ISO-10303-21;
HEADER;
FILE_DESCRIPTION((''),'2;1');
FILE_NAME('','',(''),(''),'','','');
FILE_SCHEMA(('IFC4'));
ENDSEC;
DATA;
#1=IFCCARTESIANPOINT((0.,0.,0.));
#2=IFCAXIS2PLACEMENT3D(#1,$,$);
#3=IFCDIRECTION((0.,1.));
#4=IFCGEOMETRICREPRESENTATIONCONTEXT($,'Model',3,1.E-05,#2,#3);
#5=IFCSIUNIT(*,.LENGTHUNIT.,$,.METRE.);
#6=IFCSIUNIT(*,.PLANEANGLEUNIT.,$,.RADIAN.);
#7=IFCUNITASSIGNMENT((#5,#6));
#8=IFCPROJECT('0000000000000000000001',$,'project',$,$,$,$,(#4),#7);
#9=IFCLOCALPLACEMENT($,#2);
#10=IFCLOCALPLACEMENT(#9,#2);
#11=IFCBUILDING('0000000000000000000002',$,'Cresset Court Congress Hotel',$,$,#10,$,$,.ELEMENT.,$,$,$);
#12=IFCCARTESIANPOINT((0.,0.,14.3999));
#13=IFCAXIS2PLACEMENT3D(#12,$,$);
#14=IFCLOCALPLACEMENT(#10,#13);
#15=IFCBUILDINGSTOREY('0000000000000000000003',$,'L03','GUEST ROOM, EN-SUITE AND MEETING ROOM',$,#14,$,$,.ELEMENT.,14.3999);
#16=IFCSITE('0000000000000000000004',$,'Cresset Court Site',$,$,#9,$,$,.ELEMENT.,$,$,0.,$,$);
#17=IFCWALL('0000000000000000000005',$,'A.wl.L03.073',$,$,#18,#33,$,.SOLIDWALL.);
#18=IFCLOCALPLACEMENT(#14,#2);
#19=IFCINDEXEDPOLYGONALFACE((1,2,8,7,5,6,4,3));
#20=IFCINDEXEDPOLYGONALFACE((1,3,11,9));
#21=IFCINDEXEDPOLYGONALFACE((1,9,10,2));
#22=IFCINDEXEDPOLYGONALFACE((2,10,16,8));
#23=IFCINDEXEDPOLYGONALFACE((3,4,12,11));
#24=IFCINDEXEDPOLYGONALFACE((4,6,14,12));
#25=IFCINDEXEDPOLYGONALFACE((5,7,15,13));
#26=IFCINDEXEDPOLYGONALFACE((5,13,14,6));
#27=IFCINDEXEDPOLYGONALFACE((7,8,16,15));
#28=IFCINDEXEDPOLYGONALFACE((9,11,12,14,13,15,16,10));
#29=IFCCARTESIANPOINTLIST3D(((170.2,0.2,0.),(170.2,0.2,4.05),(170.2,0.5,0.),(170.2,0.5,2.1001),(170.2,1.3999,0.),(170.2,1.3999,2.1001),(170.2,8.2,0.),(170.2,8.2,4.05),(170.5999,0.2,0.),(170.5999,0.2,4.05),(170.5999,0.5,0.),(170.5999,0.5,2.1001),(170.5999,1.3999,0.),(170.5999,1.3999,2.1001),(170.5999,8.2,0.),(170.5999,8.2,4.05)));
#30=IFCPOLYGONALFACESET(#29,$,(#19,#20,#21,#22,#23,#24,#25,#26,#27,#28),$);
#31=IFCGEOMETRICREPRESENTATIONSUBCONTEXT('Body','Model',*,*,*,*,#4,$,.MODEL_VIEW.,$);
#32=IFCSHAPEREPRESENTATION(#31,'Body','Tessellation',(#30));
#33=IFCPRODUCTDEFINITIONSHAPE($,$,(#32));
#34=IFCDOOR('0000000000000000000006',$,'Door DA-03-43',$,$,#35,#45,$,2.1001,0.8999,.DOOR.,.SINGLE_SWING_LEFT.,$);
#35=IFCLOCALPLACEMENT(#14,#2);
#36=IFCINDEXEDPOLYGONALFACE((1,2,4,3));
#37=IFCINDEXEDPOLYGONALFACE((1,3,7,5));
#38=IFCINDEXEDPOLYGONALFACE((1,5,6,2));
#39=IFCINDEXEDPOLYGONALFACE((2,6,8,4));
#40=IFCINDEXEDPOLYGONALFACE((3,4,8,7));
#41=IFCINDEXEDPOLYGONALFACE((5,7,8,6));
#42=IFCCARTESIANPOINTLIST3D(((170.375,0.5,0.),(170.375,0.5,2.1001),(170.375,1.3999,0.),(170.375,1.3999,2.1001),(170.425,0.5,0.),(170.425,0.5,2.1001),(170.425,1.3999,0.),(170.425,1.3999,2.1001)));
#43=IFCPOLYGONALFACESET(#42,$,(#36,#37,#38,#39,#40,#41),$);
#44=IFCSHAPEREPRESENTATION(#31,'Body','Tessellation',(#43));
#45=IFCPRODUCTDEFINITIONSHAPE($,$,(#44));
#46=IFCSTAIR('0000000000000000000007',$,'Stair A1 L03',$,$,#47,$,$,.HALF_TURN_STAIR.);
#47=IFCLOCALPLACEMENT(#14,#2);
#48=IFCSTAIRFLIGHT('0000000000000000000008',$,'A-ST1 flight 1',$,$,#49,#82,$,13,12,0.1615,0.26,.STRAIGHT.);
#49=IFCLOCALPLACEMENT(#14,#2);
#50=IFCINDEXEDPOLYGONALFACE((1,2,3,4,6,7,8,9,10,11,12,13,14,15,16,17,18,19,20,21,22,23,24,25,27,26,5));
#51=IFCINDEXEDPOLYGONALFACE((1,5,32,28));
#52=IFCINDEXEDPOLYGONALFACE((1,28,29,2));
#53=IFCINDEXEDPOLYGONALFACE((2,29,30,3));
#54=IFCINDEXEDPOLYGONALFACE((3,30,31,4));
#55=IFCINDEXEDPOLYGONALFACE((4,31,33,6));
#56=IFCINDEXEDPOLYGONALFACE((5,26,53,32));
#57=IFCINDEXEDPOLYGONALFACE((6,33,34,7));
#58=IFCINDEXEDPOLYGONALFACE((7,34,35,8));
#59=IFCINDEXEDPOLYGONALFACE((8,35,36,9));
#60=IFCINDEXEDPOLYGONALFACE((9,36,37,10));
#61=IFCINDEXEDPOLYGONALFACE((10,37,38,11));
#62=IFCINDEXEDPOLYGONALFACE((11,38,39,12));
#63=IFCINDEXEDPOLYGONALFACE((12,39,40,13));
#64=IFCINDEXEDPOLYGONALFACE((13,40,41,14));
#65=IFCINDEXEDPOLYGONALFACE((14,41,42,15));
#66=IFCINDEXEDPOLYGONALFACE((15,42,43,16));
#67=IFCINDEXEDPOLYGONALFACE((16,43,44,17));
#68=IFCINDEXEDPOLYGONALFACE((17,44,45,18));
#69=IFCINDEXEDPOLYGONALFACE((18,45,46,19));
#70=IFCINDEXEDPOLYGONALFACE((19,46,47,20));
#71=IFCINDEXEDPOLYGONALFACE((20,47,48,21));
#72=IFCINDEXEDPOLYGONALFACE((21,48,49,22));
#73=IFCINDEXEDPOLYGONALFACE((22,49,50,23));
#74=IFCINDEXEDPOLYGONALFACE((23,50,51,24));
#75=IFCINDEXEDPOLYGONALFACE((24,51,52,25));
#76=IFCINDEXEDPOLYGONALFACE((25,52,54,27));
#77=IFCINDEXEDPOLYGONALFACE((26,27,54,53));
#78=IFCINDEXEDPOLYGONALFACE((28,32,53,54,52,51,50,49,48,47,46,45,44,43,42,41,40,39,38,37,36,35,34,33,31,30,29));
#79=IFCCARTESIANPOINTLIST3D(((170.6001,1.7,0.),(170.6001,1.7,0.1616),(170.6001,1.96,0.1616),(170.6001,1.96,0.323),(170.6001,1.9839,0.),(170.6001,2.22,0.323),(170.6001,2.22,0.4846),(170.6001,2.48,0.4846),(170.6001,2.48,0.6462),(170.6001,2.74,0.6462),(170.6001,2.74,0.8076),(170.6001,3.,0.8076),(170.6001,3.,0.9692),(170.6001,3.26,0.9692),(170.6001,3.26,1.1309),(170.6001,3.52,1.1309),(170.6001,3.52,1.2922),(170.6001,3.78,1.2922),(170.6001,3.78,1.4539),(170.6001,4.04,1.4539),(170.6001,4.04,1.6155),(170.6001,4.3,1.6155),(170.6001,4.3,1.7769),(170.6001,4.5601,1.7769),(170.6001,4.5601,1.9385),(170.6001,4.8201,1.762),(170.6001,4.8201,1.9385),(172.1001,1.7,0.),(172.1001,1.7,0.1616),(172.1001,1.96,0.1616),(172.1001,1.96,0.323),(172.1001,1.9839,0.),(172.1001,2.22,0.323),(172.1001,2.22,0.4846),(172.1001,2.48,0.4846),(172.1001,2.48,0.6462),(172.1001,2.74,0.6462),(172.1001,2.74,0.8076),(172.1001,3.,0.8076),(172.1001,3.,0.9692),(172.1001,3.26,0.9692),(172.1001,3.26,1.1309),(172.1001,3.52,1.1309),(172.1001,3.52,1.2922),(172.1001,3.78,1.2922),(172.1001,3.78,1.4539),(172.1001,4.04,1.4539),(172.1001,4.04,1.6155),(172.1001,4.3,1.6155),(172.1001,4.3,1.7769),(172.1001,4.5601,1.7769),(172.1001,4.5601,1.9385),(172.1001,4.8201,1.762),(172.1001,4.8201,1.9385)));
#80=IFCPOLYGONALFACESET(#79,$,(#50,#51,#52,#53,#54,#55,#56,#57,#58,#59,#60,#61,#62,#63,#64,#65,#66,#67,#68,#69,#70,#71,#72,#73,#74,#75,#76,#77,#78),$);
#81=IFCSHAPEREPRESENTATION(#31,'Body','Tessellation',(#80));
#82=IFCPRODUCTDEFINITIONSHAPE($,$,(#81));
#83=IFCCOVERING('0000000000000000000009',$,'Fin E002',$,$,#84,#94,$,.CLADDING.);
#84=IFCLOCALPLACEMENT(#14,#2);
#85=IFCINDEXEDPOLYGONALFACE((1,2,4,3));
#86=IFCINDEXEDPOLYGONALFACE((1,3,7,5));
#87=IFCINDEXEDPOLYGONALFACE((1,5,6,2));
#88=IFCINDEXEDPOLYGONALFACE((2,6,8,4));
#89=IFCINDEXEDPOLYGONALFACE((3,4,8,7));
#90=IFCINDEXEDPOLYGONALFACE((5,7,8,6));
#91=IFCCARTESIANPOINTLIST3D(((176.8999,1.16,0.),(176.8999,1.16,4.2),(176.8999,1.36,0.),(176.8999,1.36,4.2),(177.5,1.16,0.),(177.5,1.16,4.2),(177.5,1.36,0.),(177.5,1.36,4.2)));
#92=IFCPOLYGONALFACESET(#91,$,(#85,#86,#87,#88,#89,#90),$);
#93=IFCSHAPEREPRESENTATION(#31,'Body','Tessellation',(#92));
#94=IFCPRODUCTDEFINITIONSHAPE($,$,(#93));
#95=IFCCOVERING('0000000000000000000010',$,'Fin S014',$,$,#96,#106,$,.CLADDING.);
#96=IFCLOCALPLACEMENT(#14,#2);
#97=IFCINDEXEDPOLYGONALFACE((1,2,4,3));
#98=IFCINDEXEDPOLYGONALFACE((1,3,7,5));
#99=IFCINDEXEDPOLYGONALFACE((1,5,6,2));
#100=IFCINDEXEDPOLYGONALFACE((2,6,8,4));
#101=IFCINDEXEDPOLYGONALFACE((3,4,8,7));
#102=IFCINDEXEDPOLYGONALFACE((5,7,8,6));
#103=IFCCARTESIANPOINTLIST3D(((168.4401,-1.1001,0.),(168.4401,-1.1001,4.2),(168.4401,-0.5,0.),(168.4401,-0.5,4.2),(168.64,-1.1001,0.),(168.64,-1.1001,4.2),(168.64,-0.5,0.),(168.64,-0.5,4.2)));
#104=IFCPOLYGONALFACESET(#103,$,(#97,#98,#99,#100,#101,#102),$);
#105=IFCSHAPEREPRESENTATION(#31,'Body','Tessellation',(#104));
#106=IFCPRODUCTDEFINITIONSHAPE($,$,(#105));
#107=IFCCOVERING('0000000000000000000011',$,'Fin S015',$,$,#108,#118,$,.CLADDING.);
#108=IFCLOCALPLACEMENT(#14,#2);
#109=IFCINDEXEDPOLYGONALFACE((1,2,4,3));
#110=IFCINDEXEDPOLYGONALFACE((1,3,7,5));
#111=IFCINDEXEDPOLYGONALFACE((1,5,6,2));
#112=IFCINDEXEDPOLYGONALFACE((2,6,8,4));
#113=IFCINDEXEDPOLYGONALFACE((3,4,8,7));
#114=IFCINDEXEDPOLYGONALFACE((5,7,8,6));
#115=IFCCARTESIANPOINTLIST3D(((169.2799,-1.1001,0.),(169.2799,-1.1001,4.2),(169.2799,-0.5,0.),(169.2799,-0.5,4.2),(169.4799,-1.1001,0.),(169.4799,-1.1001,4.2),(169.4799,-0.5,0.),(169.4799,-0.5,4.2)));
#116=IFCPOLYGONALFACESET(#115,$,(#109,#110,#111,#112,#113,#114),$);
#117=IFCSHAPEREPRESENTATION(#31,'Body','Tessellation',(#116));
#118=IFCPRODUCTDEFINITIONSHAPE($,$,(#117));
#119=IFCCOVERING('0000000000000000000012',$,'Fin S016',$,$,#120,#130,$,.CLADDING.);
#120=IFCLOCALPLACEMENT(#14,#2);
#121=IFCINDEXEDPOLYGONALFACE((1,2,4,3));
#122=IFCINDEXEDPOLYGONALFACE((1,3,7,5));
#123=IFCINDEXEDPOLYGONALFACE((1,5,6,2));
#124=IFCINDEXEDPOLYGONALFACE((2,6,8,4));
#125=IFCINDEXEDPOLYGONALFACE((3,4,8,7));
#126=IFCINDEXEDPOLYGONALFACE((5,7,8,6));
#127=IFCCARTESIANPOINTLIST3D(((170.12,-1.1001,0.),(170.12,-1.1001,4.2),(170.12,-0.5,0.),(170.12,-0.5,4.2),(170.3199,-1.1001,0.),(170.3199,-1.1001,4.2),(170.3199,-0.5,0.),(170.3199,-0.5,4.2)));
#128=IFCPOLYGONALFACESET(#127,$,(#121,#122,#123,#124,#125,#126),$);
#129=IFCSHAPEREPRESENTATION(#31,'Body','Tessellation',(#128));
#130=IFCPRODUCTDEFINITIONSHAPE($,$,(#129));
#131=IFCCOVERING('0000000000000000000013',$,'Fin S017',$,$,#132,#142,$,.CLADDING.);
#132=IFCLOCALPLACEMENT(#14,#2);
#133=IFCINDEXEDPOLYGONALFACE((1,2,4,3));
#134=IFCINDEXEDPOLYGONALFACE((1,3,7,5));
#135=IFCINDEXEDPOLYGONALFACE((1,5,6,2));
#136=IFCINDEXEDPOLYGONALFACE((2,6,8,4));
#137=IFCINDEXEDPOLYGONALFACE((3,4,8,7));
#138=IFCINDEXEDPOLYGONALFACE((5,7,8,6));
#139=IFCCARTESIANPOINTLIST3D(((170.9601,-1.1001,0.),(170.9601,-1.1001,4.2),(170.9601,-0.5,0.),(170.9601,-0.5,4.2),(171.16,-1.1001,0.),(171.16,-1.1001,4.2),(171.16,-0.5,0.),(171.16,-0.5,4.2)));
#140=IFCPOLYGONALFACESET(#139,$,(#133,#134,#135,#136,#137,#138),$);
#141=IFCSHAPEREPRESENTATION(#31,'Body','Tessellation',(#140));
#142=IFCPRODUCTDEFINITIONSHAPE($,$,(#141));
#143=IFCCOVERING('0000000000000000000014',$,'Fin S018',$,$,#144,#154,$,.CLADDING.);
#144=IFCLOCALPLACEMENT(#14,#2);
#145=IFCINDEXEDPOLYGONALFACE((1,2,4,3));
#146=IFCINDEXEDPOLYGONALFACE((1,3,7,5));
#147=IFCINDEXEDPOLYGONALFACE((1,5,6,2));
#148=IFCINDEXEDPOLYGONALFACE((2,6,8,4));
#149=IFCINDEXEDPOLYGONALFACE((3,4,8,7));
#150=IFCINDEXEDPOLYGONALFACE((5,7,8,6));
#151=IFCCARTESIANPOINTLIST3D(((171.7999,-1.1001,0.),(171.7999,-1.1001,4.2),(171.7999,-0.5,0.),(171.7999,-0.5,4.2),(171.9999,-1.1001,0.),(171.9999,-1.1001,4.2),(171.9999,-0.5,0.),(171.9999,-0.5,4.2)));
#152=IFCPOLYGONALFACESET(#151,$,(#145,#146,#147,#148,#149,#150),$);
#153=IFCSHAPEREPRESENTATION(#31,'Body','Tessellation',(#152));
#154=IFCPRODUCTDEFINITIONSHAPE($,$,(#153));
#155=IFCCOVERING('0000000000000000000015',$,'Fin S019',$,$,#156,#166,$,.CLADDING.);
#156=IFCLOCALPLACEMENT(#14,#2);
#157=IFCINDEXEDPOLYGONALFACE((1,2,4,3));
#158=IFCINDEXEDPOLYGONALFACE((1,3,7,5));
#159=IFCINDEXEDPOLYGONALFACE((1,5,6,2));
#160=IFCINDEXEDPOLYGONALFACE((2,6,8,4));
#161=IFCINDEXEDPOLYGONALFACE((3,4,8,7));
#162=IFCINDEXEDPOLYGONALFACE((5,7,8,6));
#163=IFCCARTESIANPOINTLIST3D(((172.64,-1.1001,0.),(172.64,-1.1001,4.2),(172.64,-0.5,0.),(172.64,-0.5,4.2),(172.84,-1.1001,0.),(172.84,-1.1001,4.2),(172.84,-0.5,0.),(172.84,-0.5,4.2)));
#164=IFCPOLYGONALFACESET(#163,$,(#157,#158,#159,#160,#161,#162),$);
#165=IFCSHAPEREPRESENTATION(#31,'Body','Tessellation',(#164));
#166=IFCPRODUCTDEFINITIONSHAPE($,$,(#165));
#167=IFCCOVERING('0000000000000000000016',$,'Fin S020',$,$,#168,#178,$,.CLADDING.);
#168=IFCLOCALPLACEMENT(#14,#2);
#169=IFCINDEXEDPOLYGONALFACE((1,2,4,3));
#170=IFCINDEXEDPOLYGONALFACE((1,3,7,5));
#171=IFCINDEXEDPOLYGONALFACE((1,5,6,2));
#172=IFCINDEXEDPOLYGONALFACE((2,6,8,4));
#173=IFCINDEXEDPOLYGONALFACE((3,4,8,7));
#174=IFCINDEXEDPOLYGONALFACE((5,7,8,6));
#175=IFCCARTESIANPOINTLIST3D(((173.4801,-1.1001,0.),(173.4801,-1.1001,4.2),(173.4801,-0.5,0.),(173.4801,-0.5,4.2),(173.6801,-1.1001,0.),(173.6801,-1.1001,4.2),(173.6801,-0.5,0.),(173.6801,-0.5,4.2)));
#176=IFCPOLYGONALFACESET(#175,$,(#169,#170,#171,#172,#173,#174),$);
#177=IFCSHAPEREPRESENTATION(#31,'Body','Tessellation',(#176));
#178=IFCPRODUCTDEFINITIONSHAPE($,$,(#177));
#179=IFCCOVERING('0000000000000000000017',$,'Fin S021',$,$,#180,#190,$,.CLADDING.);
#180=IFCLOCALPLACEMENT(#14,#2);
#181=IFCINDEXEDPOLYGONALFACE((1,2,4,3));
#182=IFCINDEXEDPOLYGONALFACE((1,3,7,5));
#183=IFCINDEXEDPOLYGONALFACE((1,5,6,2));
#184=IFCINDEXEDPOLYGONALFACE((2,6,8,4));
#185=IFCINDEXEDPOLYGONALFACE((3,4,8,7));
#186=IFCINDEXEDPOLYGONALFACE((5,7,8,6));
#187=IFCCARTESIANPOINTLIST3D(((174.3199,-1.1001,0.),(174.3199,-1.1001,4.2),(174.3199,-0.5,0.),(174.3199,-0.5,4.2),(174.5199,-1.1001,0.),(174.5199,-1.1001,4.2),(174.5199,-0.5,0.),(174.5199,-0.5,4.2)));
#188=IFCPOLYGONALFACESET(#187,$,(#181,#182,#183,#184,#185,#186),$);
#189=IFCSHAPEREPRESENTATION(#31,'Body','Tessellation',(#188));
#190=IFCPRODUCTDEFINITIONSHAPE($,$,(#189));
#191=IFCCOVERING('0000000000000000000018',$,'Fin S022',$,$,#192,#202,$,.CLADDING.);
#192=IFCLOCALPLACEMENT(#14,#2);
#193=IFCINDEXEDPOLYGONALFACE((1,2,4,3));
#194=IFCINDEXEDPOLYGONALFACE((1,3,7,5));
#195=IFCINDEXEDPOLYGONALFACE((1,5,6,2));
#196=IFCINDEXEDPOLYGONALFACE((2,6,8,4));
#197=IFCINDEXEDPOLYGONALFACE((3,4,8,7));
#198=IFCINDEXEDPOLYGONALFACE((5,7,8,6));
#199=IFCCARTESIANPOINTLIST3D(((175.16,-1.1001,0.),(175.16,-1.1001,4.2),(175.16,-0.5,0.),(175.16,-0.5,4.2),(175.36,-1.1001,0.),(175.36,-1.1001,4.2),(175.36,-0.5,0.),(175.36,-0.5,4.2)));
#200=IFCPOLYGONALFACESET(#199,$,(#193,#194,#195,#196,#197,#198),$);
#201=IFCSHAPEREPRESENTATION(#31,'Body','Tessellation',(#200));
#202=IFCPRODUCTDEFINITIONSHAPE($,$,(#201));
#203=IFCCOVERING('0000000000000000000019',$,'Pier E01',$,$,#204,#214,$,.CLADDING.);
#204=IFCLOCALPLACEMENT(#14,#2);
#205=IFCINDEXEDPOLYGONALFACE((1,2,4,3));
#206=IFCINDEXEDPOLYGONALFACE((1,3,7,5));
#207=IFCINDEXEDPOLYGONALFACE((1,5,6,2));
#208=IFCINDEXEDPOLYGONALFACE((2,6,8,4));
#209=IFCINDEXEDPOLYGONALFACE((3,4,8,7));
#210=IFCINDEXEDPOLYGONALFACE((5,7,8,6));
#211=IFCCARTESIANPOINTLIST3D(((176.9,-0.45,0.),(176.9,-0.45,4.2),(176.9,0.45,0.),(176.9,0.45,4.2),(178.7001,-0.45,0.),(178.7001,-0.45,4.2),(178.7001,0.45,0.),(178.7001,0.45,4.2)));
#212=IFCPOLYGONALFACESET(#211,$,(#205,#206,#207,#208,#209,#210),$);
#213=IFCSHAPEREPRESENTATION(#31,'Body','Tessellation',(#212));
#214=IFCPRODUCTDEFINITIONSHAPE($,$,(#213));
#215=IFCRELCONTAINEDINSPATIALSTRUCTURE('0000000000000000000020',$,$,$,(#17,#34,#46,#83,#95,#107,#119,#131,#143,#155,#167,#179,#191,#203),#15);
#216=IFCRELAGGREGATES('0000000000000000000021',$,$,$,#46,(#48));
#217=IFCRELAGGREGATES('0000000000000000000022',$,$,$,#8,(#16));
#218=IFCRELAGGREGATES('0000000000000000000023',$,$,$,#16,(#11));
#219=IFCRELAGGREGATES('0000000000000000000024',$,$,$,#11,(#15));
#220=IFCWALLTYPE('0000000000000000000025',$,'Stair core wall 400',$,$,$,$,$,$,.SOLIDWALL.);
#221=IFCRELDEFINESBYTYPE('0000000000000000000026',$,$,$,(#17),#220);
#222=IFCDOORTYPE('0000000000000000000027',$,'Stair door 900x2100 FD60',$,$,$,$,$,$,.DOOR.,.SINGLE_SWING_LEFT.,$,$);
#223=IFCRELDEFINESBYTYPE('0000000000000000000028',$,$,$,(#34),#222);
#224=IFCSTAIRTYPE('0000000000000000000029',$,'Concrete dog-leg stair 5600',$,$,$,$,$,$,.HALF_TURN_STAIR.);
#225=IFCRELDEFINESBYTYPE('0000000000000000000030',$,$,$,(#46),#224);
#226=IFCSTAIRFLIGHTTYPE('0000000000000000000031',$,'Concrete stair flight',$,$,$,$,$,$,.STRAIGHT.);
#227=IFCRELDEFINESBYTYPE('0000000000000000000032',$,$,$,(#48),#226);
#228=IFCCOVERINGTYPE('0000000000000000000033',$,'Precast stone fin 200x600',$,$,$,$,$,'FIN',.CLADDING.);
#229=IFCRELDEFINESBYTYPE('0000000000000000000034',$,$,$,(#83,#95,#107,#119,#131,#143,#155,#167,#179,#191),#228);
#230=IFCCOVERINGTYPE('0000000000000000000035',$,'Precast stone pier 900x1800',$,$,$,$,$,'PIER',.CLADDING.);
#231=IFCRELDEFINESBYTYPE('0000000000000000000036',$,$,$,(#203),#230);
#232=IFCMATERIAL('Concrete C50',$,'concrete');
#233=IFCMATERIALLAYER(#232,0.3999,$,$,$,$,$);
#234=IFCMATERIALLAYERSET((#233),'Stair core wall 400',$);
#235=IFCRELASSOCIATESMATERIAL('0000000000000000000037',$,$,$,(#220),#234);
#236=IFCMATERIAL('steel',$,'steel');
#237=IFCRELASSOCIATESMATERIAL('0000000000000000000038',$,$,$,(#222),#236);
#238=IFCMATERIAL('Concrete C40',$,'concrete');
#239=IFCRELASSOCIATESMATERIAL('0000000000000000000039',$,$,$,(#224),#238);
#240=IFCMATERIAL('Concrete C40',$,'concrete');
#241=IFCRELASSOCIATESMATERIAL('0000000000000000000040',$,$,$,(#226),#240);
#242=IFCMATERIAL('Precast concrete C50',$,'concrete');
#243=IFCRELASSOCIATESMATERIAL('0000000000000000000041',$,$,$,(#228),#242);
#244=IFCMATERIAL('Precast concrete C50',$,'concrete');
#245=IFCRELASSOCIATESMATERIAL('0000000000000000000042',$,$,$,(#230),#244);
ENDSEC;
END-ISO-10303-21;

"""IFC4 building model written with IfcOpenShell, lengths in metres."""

from ifc_helpers import new_model, si_unit, direction, frame, frame_2d, origin, origin_2d, place, context, subcontext, project, spatial, polyline, rectangle, outline, extrude, material, layer, layer_set, type_object, element, fill, aggregate, save


model = new_model("IFC4")

# Units and contexts
model_context = context("Model", 3, precision=1e-05, world=origin(), true_north=direction((0.0, 1.0)))
body_context = subcontext(model_context, "Body", "Model", "MODEL_VIEW")
ifc_project = project(units=[si_unit("LENGTHUNIT", "METRE"), si_unit("PLANEANGLEUNIT", "RADIAN")], contexts=[model_context])

# Site, building, storey
site_placement = place(None, origin())
site = spatial("IfcSite", under=ifc_project, at=site_placement, Name="Cresset Court Site", CompositionType="ELEMENT", RefElevation=0.0)
building_placement = place(site_placement, origin())
building = spatial("IfcBuilding", under=site, at=building_placement, Name="Cresset Court Congress Hotel", CompositionType="ELEMENT")
storey_placement = place(building_placement, frame((0.0, 0.0, 14.3999)))
storey = spatial("IfcBuildingStorey", under=building, at=storey_placement, Name="L03", Description="GUEST ROOM, EN-SUITE AND MEETING ROOM", CompositionType="ELEMENT", Elevation=14.3999)

# Shared definitions
ifc_material_1 = material(Name="Concrete C50", Category="concrete")
ifc_layer_1 = layer(ifc_material_1, 0.3999)
ifc_layer_set_1 = layer_set([ifc_layer_1], Name="Stair core wall 400")
wall_type_1 = type_object("IfcWallType", Name="Stair core wall 400", PredefinedType="SOLIDWALL", material=ifc_layer_set_1)

# Wall, opening, door
wall_1_placement = place(storey_placement, frame((170.3999, 0.2, 0.0), z_axis=(0.0, 0.0, 1.0), x_axis=(0.0, 1.0, 0.0)))
wall_1 = element("IfcWall", 1, at=wall_1_placement, inside=storey, type_object=wall_type_1, Name="A.wl.L03.073", PredefinedType="SOLIDWALL", context=body_context, shape_type="SweptSolid", body=[
    extrude(rectangle(XDim=8.0, YDim=0.3999, at=frame_2d((4.0, 0.0))), origin(), (0.0, 0.0, 1.0), 4.05),
])
opening_1_placement = place(wall_1_placement, frame((0.3, 0.0, 0.0)))
opening_1 = element("IfcOpeningElement", 2, at=opening_1_placement, cuts=wall_1, PredefinedType="OPENING", context=body_context, shape_type="SweptSolid", body=[
    extrude(rectangle(XDim=0.8999, YDim=2.1001, at=frame_2d((0.45, 1.05))), frame((0.0, 0.21, 0.0), z_axis=(0.0, -1.0, 0.0), x_axis=(1.0, 0.0, 0.0)), (0.0, 0.0, 1.0), 0.4199),
])
ifc_material_2 = material(Name="steel", Category="steel")
door_type_1 = type_object("IfcDoorType", Name="Stair door 900x2100 FD60", OperationType="SINGLE_SWING_LEFT", PredefinedType="DOOR", material=ifc_material_2)
door_1_placement = place(opening_1_placement, origin())
door_1 = element("IfcDoor", 3, at=door_1_placement, inside=storey, type_object=door_type_1, Name="Door DA-03-43", OperationType="SINGLE_SWING_LEFT", OverallHeight=2.1001, OverallWidth=0.8999, PredefinedType="DOOR", context=body_context, shape_type="SweptSolid", body=[
    extrude(rectangle(XDim=0.8999, YDim=2.1001, at=frame_2d((0.45, 1.05))), frame((0.0, 0.0249, 0.0), z_axis=(0.0, -1.0, 0.0), x_axis=(1.0, 0.0, 0.0)), (0.0, 0.0, 1.0), 0.05),
])
fill(opening_1, door_1)

# Stair, stair flight
ifc_material_3 = material(Name="Concrete C40", Category="concrete")
stair_type = type_object("IfcStairType", Name="Concrete dog-leg stair 5600", PredefinedType="HALF_TURN_STAIR", material=ifc_material_3)
stair_placement = place(storey_placement, origin())
stair = element("IfcStair", 4, at=stair_placement, inside=storey, type_object=stair_type, Name="Stair A1 L03", PredefinedType="HALF_TURN_STAIR")
ifc_material_4 = material(Name="Concrete C40", Category="concrete")
stair_flight_type = type_object("IfcStairFlightType", Name="Concrete stair flight", PredefinedType="STRAIGHT", material=ifc_material_4)
stair_flight_placement = place(storey_placement, frame((171.3501, 1.7, 0.0), z_axis=(0.0, 0.0, 1.0), x_axis=(0.0, 1.0, 0.0)))
stair_flight = element("IfcStairFlight", 5, at=stair_flight_placement, type_object=stair_flight_type, Name="A-ST1 flight 1", NumberOfRisers=13, NumberOfTreads=12, PredefinedType="STRAIGHT", RiserHeight=0.1615, TreadLength=0.26, context=body_context, shape_type="SweptSolid", body=[
    extrude(outline(polyline([(0.0, 0.0), (0.0, 0.1616), (0.26, 0.1616), (0.26, 0.323), (0.52, 0.323), (0.52, 0.4846), (0.78, 0.4846), (0.78, 0.6462), (1.04, 0.6462), (1.04, 0.8076), (1.3, 0.8076), (1.3, 0.9692), (1.5601, 0.9692), (1.5601, 1.1309), (1.8201, 1.1309), (1.8201, 1.2922), (2.0801, 1.2922), (2.0801, 1.4539), (2.3401, 1.4539), (2.3401, 1.6155), (2.6001, 1.6155), (2.6001, 1.7769), (2.8601, 1.7769), (2.8601, 1.9385), (3.1201, 1.9385), (3.1201, 2.1001), (3.1201, 1.762), (0.2839, 0.0), (0.0, 0.0)])), frame((0.0, 0.75, 0.0), z_axis=(0.0, -1.0, 0.0), x_axis=(1.0, 0.0, 0.0)), (0.0, 0.0, 1.0), 1.5),
])
aggregate(stair, [stair_flight])

# Coverings
ifc_material_5 = material(Name="Precast concrete C50", Category="concrete")
covering_type_1 = type_object("IfcCoveringType", Name="Precast stone fin 200x600", ElementType="FIN", PredefinedType="CLADDING", material=ifc_material_5)
covering_1_placement = place(storey_placement, frame((177.2, 1.26, 0.0), z_axis=(0.0, 0.0, 1.0), x_axis=(1.0, 0.0, 0.0)))
element("IfcCovering", 6, at=covering_1_placement, inside=storey, type_object=covering_type_1, Name="Fin E002", PredefinedType="CLADDING", context=body_context, shape_type="SweptSolid", body=[
    extrude(rectangle(XDim=0.6001, YDim=0.2, at=origin_2d()), origin(), (0.0, 0.0, 1.0), 4.2),
])
for number, where, z_axis, x_axis, name in (
    (7, (168.54, -0.8, 0.0), (0.0, 0.0, 1.0), (1.0, 0.0, 0.0), "Fin S014"),
    (8, (169.3799, -0.8, 0.0), (0.0, 0.0, 1.0), (1.0, 0.0, 0.0), "Fin S015"),
    (9, (170.22, -0.8, 0.0), (0.0, 0.0, 1.0), (1.0, 0.0, 0.0), "Fin S016"),
    (10, (171.0601, -0.8, 0.0), (0.0, 0.0, 1.0), (1.0, 0.0, 0.0), "Fin S017"),
    (11, (171.8999, -0.8, 0.0), (0.0, 0.0, 1.0), (1.0, 0.0, 0.0), "Fin S018"),
    (12, (172.74, -0.8, 0.0), (0.0, 0.0, 1.0), (1.0, 0.0, 0.0), "Fin S019"),
    (13, (173.5801, -0.8, 0.0), (0.0, 0.0, 1.0), (1.0, 0.0, 0.0), "Fin S020"),
    (14, (174.4199, -0.8, 0.0), (0.0, 0.0, 1.0), (1.0, 0.0, 0.0), "Fin S021"),
    (15, (175.26, -0.8, 0.0), (0.0, 0.0, 1.0), (1.0, 0.0, 0.0), "Fin S022"),
):
    element("IfcCovering", number, at=place(storey_placement, frame(where, z_axis=z_axis, x_axis=x_axis)), inside=storey, type_object=covering_type_1, Name=name, PredefinedType="CLADDING", context=body_context, shape_type="SweptSolid", body=[
        extrude(rectangle(XDim=0.2, YDim=0.6001, at=origin_2d()), origin(), (0.0, 0.0, 1.0), 4.2),
    ])
ifc_material_6 = material(Name="Precast concrete C50", Category="concrete")
covering_type_2 = type_object("IfcCoveringType", Name="Precast stone pier 900x1800", ElementType="PIER", PredefinedType="CLADDING", material=ifc_material_6)
covering_2_placement = place(storey_placement, frame((177.8, 0.0, 0.0), z_axis=(0.0, 0.0, 1.0), x_axis=(1.0, 0.0, 0.0)))
element("IfcCovering", 16, at=covering_2_placement, inside=storey, type_object=covering_type_2, Name="Pier E01", PredefinedType="CLADDING", context=body_context, shape_type="SweptSolid", body=[
    extrude(rectangle(XDim=1.8, YDim=0.8999, at=origin_2d()), origin(), (0.0, 0.0, 1.0), 4.2),
])

save(model, "model.ifc")
